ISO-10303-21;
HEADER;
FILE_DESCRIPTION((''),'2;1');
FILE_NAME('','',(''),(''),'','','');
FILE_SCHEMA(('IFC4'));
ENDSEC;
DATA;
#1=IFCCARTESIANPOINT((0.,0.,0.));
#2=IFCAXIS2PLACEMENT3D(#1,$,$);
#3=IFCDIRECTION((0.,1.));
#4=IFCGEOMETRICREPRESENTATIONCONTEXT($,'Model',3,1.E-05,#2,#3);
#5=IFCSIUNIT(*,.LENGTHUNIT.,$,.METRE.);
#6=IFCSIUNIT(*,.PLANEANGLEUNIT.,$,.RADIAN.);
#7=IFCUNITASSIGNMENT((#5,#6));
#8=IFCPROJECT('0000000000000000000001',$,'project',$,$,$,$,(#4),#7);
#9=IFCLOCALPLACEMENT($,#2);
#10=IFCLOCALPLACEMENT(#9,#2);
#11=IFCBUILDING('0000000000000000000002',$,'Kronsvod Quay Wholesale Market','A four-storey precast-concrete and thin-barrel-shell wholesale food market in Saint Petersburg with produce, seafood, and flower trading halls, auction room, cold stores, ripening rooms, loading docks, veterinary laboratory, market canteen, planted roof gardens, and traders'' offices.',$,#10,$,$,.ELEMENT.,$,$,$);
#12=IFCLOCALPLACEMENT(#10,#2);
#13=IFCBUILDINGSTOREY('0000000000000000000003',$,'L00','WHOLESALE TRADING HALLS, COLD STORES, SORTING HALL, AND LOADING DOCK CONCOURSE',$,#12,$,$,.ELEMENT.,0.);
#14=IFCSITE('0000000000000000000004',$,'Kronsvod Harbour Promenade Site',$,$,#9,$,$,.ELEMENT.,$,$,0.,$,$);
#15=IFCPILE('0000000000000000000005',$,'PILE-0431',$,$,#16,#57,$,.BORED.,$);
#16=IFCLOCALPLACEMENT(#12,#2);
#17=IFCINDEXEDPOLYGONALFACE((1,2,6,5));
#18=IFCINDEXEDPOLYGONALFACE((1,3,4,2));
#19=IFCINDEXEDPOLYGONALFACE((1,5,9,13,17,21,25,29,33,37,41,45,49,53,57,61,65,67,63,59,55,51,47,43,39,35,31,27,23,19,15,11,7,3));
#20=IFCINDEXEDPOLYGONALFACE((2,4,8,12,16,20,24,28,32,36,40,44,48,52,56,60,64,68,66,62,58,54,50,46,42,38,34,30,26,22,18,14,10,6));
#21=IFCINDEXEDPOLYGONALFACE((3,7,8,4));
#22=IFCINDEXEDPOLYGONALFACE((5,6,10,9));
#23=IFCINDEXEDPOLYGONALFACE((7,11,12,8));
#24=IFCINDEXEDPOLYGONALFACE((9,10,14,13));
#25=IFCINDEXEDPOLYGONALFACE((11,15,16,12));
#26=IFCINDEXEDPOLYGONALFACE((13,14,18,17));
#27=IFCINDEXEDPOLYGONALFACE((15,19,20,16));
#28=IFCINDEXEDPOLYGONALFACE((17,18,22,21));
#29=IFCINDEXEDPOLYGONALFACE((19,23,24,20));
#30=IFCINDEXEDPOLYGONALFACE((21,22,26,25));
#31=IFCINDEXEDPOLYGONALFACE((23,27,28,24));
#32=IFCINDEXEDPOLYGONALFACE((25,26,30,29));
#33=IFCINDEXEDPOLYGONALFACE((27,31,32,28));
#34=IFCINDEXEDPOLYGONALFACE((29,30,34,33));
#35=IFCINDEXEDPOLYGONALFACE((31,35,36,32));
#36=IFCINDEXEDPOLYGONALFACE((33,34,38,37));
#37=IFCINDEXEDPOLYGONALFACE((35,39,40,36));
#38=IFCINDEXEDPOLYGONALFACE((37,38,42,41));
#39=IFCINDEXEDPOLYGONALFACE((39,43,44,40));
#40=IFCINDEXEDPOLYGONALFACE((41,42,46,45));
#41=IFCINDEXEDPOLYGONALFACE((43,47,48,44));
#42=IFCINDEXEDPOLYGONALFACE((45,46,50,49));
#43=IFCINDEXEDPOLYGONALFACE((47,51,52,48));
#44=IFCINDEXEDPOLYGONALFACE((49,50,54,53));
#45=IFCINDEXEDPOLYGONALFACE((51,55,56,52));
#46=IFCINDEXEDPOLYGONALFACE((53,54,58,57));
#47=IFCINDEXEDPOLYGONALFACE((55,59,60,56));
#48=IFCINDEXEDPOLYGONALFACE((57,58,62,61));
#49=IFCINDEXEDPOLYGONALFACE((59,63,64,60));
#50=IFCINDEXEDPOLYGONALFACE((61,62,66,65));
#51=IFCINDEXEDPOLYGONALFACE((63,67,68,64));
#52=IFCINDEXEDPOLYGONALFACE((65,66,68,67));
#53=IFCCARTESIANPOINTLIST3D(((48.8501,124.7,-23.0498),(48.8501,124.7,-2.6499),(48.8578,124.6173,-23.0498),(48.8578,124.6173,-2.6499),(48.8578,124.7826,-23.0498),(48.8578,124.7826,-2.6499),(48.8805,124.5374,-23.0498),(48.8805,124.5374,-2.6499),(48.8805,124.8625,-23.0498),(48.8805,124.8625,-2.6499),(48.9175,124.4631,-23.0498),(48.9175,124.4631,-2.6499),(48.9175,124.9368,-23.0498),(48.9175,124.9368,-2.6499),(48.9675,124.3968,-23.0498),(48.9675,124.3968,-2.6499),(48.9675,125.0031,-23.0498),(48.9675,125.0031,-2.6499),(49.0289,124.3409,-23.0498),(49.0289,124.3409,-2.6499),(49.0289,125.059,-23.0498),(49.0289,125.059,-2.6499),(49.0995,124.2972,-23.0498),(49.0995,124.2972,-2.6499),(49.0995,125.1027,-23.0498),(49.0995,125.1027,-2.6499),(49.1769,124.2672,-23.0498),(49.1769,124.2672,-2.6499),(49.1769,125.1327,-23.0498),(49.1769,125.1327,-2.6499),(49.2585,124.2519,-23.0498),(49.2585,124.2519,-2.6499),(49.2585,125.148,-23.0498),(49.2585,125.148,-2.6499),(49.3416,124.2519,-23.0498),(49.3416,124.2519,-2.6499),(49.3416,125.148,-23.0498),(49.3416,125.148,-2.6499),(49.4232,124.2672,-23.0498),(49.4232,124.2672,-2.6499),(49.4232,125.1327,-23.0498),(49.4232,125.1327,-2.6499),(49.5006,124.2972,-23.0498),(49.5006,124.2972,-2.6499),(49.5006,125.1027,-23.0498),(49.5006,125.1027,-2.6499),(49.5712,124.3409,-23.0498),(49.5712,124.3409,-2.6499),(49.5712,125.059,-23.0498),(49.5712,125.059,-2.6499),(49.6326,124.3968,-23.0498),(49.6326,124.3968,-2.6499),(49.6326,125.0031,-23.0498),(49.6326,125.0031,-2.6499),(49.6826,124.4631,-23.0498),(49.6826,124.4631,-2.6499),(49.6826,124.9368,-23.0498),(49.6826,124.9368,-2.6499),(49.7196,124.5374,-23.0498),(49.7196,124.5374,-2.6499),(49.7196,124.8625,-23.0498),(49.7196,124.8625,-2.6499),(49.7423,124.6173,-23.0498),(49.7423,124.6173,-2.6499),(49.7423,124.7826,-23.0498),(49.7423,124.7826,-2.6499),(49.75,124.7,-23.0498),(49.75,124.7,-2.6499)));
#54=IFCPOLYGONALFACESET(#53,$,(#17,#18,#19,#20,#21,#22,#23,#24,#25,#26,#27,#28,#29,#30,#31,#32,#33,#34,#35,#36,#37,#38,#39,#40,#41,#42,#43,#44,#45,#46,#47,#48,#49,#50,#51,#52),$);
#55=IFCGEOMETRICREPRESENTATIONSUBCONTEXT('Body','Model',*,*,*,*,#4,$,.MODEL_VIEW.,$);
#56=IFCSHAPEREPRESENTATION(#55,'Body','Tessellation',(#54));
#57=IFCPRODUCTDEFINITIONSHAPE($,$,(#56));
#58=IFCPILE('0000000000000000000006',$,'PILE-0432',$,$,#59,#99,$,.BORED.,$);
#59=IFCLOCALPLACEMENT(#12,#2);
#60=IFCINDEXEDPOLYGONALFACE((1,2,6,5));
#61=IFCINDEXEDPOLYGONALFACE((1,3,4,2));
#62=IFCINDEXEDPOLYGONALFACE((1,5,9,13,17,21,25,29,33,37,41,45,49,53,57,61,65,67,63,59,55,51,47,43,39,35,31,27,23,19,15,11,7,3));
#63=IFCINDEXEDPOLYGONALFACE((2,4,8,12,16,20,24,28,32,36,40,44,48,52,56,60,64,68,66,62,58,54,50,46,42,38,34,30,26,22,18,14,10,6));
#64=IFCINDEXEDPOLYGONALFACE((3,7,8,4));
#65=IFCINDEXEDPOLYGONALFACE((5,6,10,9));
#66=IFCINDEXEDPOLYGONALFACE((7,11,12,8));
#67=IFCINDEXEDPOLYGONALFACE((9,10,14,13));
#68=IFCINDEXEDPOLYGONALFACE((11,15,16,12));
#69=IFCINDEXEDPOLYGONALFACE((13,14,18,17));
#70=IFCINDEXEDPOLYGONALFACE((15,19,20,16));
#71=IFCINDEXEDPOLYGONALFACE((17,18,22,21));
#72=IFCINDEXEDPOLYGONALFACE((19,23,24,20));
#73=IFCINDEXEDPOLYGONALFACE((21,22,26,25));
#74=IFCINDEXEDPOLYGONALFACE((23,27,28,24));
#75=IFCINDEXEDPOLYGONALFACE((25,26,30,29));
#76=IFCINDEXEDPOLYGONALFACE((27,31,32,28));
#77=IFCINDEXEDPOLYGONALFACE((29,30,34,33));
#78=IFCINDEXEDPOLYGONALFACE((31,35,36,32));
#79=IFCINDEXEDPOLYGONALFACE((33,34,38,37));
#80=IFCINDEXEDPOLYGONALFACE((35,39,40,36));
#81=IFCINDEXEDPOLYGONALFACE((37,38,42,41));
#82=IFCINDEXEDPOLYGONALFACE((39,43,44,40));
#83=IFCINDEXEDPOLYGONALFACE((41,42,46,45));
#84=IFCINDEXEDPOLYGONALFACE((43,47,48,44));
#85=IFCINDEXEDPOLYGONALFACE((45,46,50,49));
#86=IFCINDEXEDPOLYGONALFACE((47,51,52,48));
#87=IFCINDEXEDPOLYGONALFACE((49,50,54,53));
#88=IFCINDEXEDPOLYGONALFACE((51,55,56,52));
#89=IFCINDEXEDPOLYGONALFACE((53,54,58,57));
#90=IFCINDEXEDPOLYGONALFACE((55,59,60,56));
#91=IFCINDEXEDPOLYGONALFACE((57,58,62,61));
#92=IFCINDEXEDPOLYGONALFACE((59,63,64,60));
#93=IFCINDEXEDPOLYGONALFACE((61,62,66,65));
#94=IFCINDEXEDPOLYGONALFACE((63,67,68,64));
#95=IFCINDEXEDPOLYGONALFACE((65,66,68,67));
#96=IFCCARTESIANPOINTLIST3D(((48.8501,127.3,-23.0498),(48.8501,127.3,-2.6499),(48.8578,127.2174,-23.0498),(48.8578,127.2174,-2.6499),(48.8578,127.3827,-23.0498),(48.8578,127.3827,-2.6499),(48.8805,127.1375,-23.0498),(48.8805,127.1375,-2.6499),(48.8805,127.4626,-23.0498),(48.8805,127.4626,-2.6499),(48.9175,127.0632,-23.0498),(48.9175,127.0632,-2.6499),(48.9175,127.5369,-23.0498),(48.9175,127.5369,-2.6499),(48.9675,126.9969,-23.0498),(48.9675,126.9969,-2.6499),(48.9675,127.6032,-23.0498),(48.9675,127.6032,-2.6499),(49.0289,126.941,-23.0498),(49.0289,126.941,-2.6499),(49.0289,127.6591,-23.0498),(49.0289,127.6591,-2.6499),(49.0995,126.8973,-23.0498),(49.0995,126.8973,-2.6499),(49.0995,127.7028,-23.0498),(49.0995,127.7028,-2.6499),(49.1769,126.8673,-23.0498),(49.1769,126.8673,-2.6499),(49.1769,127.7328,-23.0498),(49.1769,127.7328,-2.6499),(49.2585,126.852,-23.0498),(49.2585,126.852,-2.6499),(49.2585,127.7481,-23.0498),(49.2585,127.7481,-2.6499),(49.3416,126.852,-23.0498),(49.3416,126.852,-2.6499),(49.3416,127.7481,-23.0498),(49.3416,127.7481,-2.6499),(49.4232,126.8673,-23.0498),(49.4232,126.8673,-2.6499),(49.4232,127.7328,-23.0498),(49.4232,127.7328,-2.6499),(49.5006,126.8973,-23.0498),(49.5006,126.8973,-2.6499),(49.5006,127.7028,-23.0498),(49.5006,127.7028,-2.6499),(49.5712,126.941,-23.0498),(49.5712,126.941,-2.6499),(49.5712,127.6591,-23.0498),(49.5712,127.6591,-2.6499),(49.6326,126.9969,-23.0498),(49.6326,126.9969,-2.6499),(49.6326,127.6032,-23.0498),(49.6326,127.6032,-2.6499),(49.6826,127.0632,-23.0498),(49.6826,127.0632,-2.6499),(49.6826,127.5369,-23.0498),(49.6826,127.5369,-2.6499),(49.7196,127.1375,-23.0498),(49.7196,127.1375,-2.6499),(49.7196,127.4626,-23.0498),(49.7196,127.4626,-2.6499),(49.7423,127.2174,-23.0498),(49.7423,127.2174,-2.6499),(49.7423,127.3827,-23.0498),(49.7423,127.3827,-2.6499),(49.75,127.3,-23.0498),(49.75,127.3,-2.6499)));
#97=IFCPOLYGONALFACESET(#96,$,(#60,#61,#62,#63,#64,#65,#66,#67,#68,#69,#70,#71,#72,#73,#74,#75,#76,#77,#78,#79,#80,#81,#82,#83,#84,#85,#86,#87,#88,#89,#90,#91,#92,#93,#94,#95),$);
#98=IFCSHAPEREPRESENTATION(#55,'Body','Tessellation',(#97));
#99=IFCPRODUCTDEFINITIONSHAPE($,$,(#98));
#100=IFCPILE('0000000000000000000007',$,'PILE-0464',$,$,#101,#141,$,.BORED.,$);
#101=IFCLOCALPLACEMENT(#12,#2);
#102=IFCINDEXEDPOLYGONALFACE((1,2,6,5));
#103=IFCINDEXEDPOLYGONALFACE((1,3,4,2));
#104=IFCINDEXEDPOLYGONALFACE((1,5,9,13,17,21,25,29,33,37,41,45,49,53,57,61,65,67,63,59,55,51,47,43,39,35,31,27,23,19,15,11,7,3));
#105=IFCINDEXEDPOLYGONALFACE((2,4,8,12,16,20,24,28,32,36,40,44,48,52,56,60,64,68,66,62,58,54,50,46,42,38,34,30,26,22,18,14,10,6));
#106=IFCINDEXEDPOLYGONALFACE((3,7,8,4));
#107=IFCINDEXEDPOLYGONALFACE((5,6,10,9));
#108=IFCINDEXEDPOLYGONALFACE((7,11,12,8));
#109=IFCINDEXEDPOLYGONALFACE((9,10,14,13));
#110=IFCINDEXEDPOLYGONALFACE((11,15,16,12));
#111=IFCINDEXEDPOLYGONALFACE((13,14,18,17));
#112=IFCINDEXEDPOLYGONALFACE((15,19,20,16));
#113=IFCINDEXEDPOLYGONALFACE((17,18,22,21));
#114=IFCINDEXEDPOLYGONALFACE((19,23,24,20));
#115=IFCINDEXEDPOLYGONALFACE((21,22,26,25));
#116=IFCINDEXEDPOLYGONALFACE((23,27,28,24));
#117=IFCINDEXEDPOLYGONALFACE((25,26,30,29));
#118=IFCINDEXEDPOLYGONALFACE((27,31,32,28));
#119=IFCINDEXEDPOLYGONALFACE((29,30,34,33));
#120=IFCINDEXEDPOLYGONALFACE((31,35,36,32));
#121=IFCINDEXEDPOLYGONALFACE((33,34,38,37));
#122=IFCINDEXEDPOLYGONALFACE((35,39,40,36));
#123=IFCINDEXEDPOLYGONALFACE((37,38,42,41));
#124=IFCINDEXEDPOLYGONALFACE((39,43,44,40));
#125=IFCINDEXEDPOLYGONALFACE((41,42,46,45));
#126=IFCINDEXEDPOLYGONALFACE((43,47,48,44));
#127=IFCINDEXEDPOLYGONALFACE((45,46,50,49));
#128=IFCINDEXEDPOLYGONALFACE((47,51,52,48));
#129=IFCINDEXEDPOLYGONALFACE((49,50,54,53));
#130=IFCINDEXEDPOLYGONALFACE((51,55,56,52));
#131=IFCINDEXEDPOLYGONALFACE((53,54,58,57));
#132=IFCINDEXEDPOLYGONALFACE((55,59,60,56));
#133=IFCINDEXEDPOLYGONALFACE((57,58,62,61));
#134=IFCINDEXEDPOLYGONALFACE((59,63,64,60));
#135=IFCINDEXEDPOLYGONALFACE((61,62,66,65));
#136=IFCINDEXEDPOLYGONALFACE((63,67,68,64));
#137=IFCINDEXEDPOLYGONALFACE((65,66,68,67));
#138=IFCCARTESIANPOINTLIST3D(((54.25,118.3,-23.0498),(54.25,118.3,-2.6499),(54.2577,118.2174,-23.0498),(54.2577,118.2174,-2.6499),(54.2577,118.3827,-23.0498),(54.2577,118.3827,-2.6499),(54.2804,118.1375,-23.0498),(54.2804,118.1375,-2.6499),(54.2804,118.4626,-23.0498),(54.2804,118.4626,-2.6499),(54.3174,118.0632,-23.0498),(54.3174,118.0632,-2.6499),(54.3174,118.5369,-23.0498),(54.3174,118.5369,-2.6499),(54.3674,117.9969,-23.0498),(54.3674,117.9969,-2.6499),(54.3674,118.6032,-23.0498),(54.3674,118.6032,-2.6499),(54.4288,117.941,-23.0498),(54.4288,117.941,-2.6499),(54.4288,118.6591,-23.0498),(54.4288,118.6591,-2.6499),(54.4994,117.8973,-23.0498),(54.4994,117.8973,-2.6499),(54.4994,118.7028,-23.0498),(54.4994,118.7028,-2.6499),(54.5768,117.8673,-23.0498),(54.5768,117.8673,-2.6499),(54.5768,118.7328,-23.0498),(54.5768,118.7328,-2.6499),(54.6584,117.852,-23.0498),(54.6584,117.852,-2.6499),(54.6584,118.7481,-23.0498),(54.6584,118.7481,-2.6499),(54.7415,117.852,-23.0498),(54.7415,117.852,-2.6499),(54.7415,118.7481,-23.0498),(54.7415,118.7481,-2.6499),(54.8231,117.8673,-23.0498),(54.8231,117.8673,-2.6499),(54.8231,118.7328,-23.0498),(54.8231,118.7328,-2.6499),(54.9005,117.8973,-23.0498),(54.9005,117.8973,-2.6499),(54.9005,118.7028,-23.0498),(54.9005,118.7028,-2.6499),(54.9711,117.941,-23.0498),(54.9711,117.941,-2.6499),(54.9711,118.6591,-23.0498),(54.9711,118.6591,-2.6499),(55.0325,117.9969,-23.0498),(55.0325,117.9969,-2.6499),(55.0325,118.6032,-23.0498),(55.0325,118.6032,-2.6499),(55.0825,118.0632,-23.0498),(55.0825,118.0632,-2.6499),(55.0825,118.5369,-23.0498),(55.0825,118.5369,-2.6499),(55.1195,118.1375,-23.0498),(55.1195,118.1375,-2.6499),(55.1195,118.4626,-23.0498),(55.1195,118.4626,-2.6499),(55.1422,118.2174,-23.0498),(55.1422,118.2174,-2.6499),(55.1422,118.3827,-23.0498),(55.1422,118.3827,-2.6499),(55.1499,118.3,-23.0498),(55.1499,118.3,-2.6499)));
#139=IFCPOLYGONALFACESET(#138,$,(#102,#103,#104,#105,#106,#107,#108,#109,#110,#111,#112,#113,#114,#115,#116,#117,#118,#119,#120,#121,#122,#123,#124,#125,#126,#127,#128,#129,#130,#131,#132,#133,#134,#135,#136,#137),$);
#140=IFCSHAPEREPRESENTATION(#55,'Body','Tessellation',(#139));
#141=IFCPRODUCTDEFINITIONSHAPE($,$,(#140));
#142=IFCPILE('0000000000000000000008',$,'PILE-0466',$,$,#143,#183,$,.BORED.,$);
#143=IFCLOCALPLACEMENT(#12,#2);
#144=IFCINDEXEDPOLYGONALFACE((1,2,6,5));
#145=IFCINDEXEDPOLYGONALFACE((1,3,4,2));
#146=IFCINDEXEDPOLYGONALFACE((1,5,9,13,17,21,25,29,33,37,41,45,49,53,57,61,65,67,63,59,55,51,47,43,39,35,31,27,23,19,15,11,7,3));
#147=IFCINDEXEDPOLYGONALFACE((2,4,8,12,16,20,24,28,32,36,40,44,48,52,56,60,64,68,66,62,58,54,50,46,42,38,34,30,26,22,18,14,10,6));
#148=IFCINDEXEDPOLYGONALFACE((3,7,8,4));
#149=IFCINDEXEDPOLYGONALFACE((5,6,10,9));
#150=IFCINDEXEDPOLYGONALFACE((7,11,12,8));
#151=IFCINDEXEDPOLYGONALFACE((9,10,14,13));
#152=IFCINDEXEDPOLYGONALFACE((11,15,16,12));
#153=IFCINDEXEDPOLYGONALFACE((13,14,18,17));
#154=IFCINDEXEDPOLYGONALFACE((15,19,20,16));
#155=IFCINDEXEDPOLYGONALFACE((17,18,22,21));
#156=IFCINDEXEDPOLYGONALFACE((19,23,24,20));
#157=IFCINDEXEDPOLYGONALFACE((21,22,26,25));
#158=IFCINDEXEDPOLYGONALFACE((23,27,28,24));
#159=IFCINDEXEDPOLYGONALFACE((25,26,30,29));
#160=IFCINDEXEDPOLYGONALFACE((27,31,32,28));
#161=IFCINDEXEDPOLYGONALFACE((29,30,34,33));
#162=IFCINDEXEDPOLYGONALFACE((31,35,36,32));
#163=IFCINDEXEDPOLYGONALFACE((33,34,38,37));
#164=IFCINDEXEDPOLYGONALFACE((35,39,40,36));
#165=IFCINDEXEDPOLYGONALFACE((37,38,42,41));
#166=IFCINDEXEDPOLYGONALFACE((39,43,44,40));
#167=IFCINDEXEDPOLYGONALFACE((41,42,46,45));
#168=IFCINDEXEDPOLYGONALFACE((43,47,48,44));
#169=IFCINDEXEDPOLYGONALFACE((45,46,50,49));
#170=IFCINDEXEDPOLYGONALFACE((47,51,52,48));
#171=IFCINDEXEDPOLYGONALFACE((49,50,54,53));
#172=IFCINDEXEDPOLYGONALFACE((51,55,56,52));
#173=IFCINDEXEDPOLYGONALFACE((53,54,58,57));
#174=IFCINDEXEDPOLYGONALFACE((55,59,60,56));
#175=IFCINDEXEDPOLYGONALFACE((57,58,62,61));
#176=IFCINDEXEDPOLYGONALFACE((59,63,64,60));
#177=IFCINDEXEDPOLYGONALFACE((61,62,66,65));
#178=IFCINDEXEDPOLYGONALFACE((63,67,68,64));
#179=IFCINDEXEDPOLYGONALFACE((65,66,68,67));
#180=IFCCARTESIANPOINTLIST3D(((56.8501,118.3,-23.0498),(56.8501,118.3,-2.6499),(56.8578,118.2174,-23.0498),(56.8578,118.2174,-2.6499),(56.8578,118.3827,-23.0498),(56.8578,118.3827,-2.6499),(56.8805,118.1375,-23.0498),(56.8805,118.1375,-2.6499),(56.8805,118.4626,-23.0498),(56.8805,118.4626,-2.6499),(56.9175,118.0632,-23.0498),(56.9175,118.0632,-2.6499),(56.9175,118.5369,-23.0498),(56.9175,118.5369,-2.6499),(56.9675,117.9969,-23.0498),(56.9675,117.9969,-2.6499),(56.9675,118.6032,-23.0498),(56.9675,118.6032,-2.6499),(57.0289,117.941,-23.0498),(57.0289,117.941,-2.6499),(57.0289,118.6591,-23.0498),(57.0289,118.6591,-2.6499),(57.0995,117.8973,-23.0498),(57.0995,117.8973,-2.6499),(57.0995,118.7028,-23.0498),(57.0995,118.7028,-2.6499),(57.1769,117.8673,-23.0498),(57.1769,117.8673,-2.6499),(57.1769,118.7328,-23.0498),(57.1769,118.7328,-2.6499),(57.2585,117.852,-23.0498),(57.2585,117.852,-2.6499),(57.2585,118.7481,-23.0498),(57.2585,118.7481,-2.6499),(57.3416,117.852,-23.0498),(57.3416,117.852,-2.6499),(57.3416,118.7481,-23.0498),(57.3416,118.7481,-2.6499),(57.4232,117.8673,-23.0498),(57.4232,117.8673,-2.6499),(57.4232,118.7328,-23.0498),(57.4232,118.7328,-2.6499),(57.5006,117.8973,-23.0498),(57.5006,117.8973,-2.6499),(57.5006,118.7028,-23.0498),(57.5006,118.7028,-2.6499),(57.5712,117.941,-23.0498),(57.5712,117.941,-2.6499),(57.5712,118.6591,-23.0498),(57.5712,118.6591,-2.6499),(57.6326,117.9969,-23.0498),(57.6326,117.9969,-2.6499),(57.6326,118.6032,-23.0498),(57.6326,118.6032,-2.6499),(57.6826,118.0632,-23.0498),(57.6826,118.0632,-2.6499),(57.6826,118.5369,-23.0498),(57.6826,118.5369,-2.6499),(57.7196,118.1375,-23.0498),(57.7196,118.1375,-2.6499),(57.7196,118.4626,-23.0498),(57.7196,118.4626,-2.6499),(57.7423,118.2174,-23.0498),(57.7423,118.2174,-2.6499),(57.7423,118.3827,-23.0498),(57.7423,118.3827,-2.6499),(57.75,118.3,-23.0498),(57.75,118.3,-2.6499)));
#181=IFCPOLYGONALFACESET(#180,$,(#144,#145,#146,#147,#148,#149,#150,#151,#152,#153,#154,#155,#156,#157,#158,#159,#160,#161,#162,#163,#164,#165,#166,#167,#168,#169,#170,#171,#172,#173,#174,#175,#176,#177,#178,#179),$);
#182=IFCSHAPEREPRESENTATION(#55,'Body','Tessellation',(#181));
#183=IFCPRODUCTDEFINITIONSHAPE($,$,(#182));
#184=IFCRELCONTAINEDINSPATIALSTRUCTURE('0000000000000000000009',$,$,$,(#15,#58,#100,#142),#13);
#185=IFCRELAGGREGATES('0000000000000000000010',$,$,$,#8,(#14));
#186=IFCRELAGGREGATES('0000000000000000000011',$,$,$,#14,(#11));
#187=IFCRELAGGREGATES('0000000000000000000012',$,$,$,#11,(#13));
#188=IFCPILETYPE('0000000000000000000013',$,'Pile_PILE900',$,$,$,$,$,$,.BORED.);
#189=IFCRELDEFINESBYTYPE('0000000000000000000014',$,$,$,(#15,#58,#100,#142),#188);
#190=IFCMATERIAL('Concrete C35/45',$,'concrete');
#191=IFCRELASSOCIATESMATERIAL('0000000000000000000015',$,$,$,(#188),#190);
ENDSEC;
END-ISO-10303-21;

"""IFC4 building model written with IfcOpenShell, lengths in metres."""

from ifc_helpers import new_model, si_unit, direction, frame, origin, origin_2d, place, context, subcontext, project, spatial, circle, extrude, material, material_profile, profile_set, type_object, element, save


model = new_model("IFC4")

# Units and contexts
model_context = context("Model", 3, precision=1e-05, world=origin(), true_north=direction((0.0, 1.0)))
body_context = subcontext(model_context, "Body", "Model", "MODEL_VIEW")
ifc_project = project(units=[si_unit("LENGTHUNIT", "METRE"), si_unit("PLANEANGLEUNIT", "RADIAN")], contexts=[model_context])

# Site, building, storey
site_placement = place(None, origin())
site = spatial("IfcSite", under=ifc_project, at=site_placement, Name="Kronsvod Harbour Promenade Site", CompositionType="ELEMENT", RefElevation=0.0)
building_placement = place(site_placement, origin())
building = spatial("IfcBuilding", under=site, at=building_placement, Name="Kronsvod Quay Wholesale Market", Description="A four-storey precast-concrete and thin-barrel-shell wholesale food market in Saint Petersburg with produce, seafood, and flower trading halls, auction room, cold stores, ripening rooms, loading docks, veterinary laboratory, market canteen, planted roof gardens, and traders' offices.", CompositionType="ELEMENT")
storey_placement = place(building_placement, origin())
storey = spatial("IfcBuildingStorey", under=building, at=storey_placement, Name="L00", Description="WHOLESALE TRADING HALLS, COLD STORES, SORTING HALL, AND LOADING DOCK CONCOURSE", CompositionType="ELEMENT", Elevation=0.0)

# Piles
ifc_material_1 = material(Name="Concrete C35/45", Category="concrete")
ifc_material_profile_1 = material_profile(ifc_material_1, circle(Radius=0.45, at=origin_2d()), Name="PILE900")
ifc_profile_set_1 = profile_set([ifc_material_profile_1], Name="Concrete C35/45")
pile_type = type_object("IfcPileType", Name="Pile_PILE900", PredefinedType="BORED", material=ifc_profile_set_1)
for number, where, z_axis, x_axis, name in (
    (1, (49.3, 124.7, -2.6499), (0.0, 0.0, -1.0), (1.0, 0.0, 0.0), "PILE-0431"),
    (2, (49.3, 127.3, -2.6499), (0.0, 0.0, -1.0), (1.0, 0.0, 0.0), "PILE-0432"),
    (3, (54.7, 118.3, -2.6499), (0.0, 0.0, -1.0), (1.0, 0.0, 0.0), "PILE-0464"),
    (4, (57.3, 118.3, -2.6499), (0.0, 0.0, -1.0), (1.0, 0.0, 0.0), "PILE-0466"),
):
    element("IfcPile", number, at=place(storey_placement, frame(where, z_axis=z_axis, x_axis=x_axis)), inside=storey, type_object=pile_type, Name=name, PredefinedType="BORED", context=body_context, shape_type="SweptSolid", body=[
        extrude(circle(Radius=0.45, at=origin_2d()), origin(), (0.0, 0.0, 1.0), 20.3999),
    ])

save(model, "model.ifc")
